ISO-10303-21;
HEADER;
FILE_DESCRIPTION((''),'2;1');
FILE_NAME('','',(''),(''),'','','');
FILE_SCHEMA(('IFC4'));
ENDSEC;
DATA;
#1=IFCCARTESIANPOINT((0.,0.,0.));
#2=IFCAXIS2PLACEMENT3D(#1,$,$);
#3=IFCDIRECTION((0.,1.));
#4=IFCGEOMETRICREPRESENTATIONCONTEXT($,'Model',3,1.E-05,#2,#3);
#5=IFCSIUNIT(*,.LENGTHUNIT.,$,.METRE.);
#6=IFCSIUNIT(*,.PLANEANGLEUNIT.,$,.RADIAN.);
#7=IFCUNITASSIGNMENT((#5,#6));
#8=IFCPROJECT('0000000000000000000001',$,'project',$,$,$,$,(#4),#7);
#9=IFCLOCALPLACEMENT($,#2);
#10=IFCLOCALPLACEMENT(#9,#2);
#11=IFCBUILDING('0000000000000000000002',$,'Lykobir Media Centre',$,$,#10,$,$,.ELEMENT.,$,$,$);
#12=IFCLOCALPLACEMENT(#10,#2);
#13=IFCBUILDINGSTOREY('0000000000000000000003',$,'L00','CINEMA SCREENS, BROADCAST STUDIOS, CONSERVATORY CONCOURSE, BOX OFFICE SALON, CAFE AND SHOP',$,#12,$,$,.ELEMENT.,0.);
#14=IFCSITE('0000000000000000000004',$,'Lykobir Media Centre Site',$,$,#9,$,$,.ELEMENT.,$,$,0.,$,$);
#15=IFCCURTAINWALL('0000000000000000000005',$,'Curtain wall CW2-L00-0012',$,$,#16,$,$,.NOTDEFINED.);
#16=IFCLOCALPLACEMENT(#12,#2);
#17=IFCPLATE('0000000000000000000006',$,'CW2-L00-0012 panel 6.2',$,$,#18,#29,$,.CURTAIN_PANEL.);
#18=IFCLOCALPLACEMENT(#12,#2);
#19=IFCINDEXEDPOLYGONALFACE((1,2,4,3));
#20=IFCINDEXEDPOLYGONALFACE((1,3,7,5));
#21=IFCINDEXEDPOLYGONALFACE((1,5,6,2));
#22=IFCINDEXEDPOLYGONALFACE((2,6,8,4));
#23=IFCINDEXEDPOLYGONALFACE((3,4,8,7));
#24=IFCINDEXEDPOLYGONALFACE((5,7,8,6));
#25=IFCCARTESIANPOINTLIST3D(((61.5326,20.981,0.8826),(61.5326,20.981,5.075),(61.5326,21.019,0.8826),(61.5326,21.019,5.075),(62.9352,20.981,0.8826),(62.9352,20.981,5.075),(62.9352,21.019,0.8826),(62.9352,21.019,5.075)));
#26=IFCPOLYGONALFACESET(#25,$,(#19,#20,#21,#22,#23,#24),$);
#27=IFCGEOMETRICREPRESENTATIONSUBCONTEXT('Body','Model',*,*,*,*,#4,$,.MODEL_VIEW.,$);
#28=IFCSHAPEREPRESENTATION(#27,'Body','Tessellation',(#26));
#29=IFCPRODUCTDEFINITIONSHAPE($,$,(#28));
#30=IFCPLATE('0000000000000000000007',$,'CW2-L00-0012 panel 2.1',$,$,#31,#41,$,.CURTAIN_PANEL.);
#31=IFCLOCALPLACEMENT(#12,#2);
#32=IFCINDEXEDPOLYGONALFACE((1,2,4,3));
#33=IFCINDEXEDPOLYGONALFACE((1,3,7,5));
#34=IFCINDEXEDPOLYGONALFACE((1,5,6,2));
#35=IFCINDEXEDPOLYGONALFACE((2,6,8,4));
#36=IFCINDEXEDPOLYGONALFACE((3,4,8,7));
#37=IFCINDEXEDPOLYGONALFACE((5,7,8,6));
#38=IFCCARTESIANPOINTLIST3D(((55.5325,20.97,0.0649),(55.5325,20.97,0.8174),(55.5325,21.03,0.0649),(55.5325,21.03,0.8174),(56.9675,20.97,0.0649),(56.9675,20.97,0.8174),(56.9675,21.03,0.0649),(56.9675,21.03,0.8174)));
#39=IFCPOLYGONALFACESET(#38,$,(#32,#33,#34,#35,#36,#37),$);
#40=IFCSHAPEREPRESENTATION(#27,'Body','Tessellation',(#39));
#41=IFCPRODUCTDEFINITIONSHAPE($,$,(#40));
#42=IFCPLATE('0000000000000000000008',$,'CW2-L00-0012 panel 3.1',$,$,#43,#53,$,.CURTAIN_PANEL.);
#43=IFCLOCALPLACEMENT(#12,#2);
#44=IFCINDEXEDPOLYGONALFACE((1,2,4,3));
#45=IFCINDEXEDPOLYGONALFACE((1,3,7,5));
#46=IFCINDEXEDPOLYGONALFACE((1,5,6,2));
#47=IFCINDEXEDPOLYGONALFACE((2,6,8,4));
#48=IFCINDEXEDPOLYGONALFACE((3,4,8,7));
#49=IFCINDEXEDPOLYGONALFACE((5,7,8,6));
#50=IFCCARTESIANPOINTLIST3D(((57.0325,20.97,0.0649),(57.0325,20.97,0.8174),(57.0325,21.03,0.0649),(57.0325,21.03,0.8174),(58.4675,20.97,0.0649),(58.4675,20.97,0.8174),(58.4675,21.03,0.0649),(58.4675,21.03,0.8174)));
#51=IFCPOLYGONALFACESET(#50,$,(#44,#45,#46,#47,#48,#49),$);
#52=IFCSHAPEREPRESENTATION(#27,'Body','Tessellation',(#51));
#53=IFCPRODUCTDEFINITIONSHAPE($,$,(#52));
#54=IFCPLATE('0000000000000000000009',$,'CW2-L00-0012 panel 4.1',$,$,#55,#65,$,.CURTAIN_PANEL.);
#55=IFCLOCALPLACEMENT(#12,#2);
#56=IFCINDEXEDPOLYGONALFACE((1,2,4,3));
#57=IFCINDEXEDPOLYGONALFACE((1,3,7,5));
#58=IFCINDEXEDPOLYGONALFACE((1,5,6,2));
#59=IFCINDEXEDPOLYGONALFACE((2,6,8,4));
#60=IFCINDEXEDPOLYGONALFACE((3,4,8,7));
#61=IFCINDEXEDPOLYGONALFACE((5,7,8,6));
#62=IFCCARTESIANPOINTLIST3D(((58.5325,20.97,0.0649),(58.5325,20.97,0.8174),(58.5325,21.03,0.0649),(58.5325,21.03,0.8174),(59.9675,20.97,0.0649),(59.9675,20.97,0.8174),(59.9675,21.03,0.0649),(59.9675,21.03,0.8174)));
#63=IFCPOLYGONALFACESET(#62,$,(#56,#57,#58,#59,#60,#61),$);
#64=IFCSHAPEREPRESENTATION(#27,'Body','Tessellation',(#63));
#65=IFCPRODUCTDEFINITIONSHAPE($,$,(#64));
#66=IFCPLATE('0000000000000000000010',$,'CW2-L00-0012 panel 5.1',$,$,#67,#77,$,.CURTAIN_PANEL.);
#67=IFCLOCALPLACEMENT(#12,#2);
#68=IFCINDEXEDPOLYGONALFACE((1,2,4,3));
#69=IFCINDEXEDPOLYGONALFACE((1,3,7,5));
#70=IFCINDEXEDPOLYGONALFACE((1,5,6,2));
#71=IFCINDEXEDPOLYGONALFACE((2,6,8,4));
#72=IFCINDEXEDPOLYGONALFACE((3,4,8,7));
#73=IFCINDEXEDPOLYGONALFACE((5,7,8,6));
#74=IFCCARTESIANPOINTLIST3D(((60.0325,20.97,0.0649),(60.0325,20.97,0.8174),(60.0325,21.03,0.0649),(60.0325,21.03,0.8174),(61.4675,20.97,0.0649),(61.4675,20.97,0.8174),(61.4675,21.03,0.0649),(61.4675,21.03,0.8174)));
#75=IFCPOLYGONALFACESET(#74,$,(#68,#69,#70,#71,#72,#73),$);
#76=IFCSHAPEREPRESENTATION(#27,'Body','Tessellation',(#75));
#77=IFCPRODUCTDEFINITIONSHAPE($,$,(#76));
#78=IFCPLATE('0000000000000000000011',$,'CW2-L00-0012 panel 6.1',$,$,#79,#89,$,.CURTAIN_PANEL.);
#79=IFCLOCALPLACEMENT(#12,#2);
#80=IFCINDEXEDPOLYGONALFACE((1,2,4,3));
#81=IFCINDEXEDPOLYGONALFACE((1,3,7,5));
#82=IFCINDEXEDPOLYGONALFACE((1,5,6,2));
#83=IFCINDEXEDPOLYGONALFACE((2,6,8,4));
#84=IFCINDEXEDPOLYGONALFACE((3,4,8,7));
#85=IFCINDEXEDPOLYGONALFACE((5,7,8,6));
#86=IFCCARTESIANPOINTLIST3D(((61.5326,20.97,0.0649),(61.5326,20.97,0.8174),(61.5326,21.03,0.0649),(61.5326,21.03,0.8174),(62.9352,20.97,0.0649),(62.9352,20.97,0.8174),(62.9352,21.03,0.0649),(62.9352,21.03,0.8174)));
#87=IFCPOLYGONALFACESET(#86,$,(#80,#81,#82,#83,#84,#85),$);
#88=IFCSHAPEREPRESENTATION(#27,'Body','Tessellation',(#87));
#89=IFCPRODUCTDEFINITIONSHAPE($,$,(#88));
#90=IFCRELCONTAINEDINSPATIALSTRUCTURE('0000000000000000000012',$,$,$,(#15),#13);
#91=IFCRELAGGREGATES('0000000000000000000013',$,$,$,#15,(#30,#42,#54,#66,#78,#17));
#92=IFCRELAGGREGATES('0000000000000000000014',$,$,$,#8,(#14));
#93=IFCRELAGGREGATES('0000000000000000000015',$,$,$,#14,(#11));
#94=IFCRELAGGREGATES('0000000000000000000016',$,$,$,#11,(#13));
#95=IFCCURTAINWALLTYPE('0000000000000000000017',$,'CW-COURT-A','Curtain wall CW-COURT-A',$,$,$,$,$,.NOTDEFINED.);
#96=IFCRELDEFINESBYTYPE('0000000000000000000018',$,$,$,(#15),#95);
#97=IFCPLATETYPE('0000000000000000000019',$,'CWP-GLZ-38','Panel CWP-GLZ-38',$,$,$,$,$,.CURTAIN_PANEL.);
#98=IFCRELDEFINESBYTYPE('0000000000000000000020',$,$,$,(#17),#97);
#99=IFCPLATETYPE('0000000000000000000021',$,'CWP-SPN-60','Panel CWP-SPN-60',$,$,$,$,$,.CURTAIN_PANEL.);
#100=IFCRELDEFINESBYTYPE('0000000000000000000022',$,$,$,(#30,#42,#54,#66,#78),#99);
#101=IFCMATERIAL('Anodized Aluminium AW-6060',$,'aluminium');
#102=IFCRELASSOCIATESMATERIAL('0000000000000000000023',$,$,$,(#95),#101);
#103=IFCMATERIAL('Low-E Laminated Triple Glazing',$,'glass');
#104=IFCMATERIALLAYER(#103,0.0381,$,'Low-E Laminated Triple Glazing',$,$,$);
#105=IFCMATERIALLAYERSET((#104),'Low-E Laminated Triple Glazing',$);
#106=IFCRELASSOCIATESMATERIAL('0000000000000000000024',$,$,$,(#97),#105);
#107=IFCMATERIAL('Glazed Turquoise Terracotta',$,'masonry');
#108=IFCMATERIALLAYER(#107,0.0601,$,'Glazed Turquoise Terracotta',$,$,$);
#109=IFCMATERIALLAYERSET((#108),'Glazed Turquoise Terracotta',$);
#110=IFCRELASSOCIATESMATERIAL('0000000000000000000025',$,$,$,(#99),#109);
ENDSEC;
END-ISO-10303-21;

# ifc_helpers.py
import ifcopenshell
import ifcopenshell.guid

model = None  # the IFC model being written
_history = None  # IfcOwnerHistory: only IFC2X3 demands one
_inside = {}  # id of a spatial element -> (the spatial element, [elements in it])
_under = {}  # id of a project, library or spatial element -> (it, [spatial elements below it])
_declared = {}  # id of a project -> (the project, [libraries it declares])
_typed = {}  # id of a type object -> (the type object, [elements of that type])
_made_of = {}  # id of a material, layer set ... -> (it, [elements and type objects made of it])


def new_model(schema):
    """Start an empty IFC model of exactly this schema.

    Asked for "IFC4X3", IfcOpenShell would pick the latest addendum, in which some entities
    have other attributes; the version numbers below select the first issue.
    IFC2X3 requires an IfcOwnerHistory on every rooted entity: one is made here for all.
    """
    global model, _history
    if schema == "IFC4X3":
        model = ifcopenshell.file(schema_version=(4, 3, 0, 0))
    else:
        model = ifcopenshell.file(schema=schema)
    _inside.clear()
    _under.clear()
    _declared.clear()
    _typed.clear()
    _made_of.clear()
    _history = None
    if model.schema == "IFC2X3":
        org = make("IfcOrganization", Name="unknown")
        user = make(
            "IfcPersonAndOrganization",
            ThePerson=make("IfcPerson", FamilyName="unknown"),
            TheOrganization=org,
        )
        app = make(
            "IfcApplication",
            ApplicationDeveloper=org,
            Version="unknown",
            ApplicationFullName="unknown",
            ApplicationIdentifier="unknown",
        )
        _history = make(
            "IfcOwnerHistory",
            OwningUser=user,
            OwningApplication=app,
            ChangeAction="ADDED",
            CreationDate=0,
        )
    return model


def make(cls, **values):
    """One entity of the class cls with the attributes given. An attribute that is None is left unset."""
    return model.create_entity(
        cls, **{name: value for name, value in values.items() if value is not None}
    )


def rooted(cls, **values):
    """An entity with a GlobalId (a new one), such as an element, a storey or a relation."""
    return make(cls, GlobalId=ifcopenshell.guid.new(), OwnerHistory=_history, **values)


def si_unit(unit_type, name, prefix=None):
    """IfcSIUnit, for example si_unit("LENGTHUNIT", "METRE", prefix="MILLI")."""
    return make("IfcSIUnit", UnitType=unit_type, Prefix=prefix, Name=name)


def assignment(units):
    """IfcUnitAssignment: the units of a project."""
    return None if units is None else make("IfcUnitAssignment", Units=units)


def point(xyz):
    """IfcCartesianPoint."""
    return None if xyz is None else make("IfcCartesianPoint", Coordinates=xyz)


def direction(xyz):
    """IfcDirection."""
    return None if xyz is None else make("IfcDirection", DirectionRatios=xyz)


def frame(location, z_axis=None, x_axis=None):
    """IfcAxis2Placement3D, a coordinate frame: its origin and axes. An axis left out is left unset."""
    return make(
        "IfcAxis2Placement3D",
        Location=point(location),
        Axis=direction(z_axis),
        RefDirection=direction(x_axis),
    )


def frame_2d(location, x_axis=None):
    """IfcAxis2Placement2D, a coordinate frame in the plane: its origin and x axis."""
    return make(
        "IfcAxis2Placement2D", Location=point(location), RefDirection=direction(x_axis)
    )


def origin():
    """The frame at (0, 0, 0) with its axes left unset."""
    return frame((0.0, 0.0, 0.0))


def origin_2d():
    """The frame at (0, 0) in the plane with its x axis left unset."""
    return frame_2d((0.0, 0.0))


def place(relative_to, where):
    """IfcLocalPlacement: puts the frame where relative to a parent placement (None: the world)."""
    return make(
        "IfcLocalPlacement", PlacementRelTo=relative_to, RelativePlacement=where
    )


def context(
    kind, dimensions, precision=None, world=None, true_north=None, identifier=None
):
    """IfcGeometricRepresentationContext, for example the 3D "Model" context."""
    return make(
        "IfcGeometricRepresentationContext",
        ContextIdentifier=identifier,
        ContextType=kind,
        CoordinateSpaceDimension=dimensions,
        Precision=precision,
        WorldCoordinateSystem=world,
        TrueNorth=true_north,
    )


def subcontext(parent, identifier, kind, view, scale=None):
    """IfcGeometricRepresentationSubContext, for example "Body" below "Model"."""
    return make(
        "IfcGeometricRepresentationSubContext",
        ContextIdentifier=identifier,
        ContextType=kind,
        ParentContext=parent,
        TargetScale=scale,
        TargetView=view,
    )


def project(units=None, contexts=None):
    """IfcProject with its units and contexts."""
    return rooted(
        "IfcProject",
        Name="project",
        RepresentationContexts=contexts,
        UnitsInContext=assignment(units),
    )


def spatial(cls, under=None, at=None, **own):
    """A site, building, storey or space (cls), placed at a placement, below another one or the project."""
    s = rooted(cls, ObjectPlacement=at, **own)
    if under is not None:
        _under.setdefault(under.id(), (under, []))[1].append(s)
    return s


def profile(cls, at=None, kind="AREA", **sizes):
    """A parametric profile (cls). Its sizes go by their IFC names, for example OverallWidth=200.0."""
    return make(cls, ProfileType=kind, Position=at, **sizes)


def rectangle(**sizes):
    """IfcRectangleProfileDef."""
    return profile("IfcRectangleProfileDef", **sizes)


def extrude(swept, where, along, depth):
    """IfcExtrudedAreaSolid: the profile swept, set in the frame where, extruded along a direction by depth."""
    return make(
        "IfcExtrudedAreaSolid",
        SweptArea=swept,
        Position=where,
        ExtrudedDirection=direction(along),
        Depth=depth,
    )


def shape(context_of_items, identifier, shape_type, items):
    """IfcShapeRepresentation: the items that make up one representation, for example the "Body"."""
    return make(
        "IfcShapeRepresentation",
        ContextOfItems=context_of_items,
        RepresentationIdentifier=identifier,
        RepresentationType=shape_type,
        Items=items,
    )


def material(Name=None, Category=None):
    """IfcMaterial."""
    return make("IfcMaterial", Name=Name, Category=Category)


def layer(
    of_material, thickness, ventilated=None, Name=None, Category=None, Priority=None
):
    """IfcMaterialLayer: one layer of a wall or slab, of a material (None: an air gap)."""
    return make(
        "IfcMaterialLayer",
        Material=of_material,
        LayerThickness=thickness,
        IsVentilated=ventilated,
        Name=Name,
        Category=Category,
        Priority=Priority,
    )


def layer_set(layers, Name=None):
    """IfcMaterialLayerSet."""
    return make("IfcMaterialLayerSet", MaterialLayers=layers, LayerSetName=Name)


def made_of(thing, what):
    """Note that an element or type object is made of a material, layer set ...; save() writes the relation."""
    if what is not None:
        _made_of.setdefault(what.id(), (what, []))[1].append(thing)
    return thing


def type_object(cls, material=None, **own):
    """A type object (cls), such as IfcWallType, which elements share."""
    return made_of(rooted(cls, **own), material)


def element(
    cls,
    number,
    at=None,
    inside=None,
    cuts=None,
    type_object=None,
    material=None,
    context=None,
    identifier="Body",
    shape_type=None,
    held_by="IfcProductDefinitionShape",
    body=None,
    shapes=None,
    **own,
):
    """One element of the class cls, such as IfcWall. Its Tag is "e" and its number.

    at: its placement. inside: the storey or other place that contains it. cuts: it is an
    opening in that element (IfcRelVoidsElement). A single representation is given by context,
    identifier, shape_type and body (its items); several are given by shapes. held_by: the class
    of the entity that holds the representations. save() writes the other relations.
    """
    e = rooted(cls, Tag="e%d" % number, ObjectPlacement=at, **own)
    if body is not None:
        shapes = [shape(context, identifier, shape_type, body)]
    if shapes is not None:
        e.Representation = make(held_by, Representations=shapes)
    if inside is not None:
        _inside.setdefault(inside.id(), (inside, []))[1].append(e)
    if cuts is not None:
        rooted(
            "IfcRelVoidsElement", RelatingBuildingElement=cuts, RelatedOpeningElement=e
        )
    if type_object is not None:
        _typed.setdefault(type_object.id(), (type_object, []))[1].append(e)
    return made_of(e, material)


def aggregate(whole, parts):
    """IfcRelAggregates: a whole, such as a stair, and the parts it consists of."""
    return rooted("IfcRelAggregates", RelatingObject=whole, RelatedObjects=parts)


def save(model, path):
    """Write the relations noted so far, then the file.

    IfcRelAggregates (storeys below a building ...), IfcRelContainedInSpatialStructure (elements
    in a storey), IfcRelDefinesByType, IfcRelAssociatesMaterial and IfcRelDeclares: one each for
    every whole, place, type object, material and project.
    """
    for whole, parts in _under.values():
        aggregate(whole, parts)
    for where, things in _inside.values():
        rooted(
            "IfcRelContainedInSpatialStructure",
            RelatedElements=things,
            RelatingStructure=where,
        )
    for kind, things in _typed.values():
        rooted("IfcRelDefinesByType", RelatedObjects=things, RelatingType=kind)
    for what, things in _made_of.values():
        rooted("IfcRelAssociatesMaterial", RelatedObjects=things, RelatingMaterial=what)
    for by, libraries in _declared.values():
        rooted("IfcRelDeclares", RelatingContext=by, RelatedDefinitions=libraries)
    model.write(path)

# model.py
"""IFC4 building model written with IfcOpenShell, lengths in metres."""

from ifc_helpers import new_model, si_unit, direction, frame, origin, origin_2d, place, context, subcontext, project, spatial, rectangle, extrude, material, layer, layer_set, type_object, element, aggregate, save


model = new_model("IFC4")

# Units and contexts
model_context = context("Model", 3, precision=1e-05, world=origin(), true_north=direction((0.0, 1.0)))
body_context = subcontext(model_context, "Body", "Model", "MODEL_VIEW")
ifc_project = project(units=[si_unit("LENGTHUNIT", "METRE"), si_unit("PLANEANGLEUNIT", "RADIAN")], contexts=[model_context])

# Site, building, storey
site_placement = place(None, origin())
site = spatial("IfcSite", under=ifc_project, at=site_placement, Name="Lykobir Media Centre Site", CompositionType="ELEMENT", RefElevation=0.0)
building_placement = place(site_placement, origin())
building = spatial("IfcBuilding", under=site, at=building_placement, Name="Lykobir Media Centre", CompositionType="ELEMENT")
storey_placement = place(building_placement, origin())
storey = spatial("IfcBuildingStorey", under=building, at=storey_placement, Name="L00", Description="CINEMA SCREENS, BROADCAST STUDIOS, CONSERVATORY CONCOURSE, BOX OFFICE SALON, CAFE AND SHOP", CompositionType="ELEMENT", Elevation=0.0)

# Curtain wall, plates
ifc_material_1 = material(Name="Anodized Aluminium AW-6060", Category="aluminium")
curtain_wall_type = type_object("IfcCurtainWallType", Name="CW-COURT-A", Description="Curtain wall CW-COURT-A", PredefinedType="NOTDEFINED", material=ifc_material_1)
curtain_wall_placement = place(storey_placement, origin())
curtain_wall = element("IfcCurtainWall", 1, at=curtain_wall_placement, inside=storey, type_object=curtain_wall_type, Name="Curtain wall CW2-L00-0012", PredefinedType="NOTDEFINED")
ifc_material_2 = material(Name="Low-E Laminated Triple Glazing", Category="glass")
ifc_layer_1 = layer(ifc_material_2, 0.0381, Name="Low-E Laminated Triple Glazing")
ifc_layer_set_1 = layer_set([ifc_layer_1], Name="Low-E Laminated Triple Glazing")
plate_type_1 = type_object("IfcPlateType", Name="CWP-GLZ-38", Description="Panel CWP-GLZ-38", PredefinedType="CURTAIN_PANEL", material=ifc_layer_set_1)
plate_1_placement = place(storey_placement, frame((62.2339, 21.0, 0.8826), z_axis=(0.0, 0.0, 1.0), x_axis=(1.0, 0.0, 0.0)))
plate_1 = element("IfcPlate", 2, at=plate_1_placement, type_object=plate_type_1, Name="CW2-L00-0012 panel 6.2", PredefinedType="CURTAIN_PANEL", context=body_context, shape_type="SweptSolid", body=[
    extrude(rectangle(XDim=1.4026, YDim=0.0381, at=origin_2d()), origin(), (0.0, 0.0, 1.0), 4.1924),
])
ifc_material_3 = material(Name="Glazed Turquoise Terracotta", Category="masonry")
ifc_layer_2 = layer(ifc_material_3, 0.0601, Name="Glazed Turquoise Terracotta")
ifc_layer_set_2 = layer_set([ifc_layer_2], Name="Glazed Turquoise Terracotta")
plate_type_2 = type_object("IfcPlateType", Name="CWP-SPN-60", Description="Panel CWP-SPN-60", PredefinedType="CURTAIN_PANEL", material=ifc_layer_set_2)
plate_2_placement = place(storey_placement, frame((56.25, 21.0, 0.0649), z_axis=(0.0, 0.0, 1.0), x_axis=(1.0, 0.0, 0.0)))
plate_2 = element("IfcPlate", 3, at=plate_2_placement, type_object=plate_type_2, Name="CW2-L00-0012 panel 2.1", PredefinedType="CURTAIN_PANEL", context=body_context, shape_type="SweptSolid", body=[
    extrude(rectangle(XDim=1.4351, YDim=0.0601, at=origin_2d()), origin(), (0.0, 0.0, 1.0), 0.7524),
])
plate_3_placement = place(storey_placement, frame((57.75, 21.0, 0.0649), z_axis=(0.0, 0.0, 1.0), x_axis=(1.0, 0.0, 0.0)))
plate_3 = element("IfcPlate", 4, at=plate_3_placement, type_object=plate_type_2, Name="CW2-L00-0012 panel 3.1", PredefinedType="CURTAIN_PANEL", context=body_context, shape_type="SweptSolid", body=[
    extrude(rectangle(XDim=1.4351, YDim=0.0601, at=origin_2d()), origin(), (0.0, 0.0, 1.0), 0.7524),
])
plate_4_placement = place(storey_placement, frame((59.25, 21.0, 0.0649), z_axis=(0.0, 0.0, 1.0), x_axis=(1.0, 0.0, 0.0)))
plate_4 = element("IfcPlate", 5, at=plate_4_placement, type_object=plate_type_2, Name="CW2-L00-0012 panel 4.1", PredefinedType="CURTAIN_PANEL", context=body_context, shape_type="SweptSolid", body=[
    extrude(rectangle(XDim=1.4351, YDim=0.0601, at=origin_2d()), origin(), (0.0, 0.0, 1.0), 0.7524),
])
plate_5_placement = place(storey_placement, frame((60.75, 21.0, 0.0649), z_axis=(0.0, 0.0, 1.0), x_axis=(1.0, 0.0, 0.0)))
plate_5 = element("IfcPlate", 6, at=plate_5_placement, type_object=plate_type_2, Name="CW2-L00-0012 panel 5.1", PredefinedType="CURTAIN_PANEL", context=body_context, shape_type="SweptSolid", body=[
    extrude(rectangle(XDim=1.4351, YDim=0.0601, at=origin_2d()), origin(), (0.0, 0.0, 1.0), 0.7524),
])
plate_6_placement = place(storey_placement, frame((62.2339, 21.0, 0.0649), z_axis=(0.0, 0.0, 1.0), x_axis=(1.0, 0.0, 0.0)))
plate_6 = element("IfcPlate", 7, at=plate_6_placement, type_object=plate_type_2, Name="CW2-L00-0012 panel 6.1", PredefinedType="CURTAIN_PANEL", context=body_context, shape_type="SweptSolid", body=[
    extrude(rectangle(XDim=1.4026, YDim=0.0601, at=origin_2d()), origin(), (0.0, 0.0, 1.0), 0.7524),
])
aggregate(curtain_wall, [plate_2, plate_3, plate_4, plate_5, plate_6, plate_1])

save(model, "model.ifc")
